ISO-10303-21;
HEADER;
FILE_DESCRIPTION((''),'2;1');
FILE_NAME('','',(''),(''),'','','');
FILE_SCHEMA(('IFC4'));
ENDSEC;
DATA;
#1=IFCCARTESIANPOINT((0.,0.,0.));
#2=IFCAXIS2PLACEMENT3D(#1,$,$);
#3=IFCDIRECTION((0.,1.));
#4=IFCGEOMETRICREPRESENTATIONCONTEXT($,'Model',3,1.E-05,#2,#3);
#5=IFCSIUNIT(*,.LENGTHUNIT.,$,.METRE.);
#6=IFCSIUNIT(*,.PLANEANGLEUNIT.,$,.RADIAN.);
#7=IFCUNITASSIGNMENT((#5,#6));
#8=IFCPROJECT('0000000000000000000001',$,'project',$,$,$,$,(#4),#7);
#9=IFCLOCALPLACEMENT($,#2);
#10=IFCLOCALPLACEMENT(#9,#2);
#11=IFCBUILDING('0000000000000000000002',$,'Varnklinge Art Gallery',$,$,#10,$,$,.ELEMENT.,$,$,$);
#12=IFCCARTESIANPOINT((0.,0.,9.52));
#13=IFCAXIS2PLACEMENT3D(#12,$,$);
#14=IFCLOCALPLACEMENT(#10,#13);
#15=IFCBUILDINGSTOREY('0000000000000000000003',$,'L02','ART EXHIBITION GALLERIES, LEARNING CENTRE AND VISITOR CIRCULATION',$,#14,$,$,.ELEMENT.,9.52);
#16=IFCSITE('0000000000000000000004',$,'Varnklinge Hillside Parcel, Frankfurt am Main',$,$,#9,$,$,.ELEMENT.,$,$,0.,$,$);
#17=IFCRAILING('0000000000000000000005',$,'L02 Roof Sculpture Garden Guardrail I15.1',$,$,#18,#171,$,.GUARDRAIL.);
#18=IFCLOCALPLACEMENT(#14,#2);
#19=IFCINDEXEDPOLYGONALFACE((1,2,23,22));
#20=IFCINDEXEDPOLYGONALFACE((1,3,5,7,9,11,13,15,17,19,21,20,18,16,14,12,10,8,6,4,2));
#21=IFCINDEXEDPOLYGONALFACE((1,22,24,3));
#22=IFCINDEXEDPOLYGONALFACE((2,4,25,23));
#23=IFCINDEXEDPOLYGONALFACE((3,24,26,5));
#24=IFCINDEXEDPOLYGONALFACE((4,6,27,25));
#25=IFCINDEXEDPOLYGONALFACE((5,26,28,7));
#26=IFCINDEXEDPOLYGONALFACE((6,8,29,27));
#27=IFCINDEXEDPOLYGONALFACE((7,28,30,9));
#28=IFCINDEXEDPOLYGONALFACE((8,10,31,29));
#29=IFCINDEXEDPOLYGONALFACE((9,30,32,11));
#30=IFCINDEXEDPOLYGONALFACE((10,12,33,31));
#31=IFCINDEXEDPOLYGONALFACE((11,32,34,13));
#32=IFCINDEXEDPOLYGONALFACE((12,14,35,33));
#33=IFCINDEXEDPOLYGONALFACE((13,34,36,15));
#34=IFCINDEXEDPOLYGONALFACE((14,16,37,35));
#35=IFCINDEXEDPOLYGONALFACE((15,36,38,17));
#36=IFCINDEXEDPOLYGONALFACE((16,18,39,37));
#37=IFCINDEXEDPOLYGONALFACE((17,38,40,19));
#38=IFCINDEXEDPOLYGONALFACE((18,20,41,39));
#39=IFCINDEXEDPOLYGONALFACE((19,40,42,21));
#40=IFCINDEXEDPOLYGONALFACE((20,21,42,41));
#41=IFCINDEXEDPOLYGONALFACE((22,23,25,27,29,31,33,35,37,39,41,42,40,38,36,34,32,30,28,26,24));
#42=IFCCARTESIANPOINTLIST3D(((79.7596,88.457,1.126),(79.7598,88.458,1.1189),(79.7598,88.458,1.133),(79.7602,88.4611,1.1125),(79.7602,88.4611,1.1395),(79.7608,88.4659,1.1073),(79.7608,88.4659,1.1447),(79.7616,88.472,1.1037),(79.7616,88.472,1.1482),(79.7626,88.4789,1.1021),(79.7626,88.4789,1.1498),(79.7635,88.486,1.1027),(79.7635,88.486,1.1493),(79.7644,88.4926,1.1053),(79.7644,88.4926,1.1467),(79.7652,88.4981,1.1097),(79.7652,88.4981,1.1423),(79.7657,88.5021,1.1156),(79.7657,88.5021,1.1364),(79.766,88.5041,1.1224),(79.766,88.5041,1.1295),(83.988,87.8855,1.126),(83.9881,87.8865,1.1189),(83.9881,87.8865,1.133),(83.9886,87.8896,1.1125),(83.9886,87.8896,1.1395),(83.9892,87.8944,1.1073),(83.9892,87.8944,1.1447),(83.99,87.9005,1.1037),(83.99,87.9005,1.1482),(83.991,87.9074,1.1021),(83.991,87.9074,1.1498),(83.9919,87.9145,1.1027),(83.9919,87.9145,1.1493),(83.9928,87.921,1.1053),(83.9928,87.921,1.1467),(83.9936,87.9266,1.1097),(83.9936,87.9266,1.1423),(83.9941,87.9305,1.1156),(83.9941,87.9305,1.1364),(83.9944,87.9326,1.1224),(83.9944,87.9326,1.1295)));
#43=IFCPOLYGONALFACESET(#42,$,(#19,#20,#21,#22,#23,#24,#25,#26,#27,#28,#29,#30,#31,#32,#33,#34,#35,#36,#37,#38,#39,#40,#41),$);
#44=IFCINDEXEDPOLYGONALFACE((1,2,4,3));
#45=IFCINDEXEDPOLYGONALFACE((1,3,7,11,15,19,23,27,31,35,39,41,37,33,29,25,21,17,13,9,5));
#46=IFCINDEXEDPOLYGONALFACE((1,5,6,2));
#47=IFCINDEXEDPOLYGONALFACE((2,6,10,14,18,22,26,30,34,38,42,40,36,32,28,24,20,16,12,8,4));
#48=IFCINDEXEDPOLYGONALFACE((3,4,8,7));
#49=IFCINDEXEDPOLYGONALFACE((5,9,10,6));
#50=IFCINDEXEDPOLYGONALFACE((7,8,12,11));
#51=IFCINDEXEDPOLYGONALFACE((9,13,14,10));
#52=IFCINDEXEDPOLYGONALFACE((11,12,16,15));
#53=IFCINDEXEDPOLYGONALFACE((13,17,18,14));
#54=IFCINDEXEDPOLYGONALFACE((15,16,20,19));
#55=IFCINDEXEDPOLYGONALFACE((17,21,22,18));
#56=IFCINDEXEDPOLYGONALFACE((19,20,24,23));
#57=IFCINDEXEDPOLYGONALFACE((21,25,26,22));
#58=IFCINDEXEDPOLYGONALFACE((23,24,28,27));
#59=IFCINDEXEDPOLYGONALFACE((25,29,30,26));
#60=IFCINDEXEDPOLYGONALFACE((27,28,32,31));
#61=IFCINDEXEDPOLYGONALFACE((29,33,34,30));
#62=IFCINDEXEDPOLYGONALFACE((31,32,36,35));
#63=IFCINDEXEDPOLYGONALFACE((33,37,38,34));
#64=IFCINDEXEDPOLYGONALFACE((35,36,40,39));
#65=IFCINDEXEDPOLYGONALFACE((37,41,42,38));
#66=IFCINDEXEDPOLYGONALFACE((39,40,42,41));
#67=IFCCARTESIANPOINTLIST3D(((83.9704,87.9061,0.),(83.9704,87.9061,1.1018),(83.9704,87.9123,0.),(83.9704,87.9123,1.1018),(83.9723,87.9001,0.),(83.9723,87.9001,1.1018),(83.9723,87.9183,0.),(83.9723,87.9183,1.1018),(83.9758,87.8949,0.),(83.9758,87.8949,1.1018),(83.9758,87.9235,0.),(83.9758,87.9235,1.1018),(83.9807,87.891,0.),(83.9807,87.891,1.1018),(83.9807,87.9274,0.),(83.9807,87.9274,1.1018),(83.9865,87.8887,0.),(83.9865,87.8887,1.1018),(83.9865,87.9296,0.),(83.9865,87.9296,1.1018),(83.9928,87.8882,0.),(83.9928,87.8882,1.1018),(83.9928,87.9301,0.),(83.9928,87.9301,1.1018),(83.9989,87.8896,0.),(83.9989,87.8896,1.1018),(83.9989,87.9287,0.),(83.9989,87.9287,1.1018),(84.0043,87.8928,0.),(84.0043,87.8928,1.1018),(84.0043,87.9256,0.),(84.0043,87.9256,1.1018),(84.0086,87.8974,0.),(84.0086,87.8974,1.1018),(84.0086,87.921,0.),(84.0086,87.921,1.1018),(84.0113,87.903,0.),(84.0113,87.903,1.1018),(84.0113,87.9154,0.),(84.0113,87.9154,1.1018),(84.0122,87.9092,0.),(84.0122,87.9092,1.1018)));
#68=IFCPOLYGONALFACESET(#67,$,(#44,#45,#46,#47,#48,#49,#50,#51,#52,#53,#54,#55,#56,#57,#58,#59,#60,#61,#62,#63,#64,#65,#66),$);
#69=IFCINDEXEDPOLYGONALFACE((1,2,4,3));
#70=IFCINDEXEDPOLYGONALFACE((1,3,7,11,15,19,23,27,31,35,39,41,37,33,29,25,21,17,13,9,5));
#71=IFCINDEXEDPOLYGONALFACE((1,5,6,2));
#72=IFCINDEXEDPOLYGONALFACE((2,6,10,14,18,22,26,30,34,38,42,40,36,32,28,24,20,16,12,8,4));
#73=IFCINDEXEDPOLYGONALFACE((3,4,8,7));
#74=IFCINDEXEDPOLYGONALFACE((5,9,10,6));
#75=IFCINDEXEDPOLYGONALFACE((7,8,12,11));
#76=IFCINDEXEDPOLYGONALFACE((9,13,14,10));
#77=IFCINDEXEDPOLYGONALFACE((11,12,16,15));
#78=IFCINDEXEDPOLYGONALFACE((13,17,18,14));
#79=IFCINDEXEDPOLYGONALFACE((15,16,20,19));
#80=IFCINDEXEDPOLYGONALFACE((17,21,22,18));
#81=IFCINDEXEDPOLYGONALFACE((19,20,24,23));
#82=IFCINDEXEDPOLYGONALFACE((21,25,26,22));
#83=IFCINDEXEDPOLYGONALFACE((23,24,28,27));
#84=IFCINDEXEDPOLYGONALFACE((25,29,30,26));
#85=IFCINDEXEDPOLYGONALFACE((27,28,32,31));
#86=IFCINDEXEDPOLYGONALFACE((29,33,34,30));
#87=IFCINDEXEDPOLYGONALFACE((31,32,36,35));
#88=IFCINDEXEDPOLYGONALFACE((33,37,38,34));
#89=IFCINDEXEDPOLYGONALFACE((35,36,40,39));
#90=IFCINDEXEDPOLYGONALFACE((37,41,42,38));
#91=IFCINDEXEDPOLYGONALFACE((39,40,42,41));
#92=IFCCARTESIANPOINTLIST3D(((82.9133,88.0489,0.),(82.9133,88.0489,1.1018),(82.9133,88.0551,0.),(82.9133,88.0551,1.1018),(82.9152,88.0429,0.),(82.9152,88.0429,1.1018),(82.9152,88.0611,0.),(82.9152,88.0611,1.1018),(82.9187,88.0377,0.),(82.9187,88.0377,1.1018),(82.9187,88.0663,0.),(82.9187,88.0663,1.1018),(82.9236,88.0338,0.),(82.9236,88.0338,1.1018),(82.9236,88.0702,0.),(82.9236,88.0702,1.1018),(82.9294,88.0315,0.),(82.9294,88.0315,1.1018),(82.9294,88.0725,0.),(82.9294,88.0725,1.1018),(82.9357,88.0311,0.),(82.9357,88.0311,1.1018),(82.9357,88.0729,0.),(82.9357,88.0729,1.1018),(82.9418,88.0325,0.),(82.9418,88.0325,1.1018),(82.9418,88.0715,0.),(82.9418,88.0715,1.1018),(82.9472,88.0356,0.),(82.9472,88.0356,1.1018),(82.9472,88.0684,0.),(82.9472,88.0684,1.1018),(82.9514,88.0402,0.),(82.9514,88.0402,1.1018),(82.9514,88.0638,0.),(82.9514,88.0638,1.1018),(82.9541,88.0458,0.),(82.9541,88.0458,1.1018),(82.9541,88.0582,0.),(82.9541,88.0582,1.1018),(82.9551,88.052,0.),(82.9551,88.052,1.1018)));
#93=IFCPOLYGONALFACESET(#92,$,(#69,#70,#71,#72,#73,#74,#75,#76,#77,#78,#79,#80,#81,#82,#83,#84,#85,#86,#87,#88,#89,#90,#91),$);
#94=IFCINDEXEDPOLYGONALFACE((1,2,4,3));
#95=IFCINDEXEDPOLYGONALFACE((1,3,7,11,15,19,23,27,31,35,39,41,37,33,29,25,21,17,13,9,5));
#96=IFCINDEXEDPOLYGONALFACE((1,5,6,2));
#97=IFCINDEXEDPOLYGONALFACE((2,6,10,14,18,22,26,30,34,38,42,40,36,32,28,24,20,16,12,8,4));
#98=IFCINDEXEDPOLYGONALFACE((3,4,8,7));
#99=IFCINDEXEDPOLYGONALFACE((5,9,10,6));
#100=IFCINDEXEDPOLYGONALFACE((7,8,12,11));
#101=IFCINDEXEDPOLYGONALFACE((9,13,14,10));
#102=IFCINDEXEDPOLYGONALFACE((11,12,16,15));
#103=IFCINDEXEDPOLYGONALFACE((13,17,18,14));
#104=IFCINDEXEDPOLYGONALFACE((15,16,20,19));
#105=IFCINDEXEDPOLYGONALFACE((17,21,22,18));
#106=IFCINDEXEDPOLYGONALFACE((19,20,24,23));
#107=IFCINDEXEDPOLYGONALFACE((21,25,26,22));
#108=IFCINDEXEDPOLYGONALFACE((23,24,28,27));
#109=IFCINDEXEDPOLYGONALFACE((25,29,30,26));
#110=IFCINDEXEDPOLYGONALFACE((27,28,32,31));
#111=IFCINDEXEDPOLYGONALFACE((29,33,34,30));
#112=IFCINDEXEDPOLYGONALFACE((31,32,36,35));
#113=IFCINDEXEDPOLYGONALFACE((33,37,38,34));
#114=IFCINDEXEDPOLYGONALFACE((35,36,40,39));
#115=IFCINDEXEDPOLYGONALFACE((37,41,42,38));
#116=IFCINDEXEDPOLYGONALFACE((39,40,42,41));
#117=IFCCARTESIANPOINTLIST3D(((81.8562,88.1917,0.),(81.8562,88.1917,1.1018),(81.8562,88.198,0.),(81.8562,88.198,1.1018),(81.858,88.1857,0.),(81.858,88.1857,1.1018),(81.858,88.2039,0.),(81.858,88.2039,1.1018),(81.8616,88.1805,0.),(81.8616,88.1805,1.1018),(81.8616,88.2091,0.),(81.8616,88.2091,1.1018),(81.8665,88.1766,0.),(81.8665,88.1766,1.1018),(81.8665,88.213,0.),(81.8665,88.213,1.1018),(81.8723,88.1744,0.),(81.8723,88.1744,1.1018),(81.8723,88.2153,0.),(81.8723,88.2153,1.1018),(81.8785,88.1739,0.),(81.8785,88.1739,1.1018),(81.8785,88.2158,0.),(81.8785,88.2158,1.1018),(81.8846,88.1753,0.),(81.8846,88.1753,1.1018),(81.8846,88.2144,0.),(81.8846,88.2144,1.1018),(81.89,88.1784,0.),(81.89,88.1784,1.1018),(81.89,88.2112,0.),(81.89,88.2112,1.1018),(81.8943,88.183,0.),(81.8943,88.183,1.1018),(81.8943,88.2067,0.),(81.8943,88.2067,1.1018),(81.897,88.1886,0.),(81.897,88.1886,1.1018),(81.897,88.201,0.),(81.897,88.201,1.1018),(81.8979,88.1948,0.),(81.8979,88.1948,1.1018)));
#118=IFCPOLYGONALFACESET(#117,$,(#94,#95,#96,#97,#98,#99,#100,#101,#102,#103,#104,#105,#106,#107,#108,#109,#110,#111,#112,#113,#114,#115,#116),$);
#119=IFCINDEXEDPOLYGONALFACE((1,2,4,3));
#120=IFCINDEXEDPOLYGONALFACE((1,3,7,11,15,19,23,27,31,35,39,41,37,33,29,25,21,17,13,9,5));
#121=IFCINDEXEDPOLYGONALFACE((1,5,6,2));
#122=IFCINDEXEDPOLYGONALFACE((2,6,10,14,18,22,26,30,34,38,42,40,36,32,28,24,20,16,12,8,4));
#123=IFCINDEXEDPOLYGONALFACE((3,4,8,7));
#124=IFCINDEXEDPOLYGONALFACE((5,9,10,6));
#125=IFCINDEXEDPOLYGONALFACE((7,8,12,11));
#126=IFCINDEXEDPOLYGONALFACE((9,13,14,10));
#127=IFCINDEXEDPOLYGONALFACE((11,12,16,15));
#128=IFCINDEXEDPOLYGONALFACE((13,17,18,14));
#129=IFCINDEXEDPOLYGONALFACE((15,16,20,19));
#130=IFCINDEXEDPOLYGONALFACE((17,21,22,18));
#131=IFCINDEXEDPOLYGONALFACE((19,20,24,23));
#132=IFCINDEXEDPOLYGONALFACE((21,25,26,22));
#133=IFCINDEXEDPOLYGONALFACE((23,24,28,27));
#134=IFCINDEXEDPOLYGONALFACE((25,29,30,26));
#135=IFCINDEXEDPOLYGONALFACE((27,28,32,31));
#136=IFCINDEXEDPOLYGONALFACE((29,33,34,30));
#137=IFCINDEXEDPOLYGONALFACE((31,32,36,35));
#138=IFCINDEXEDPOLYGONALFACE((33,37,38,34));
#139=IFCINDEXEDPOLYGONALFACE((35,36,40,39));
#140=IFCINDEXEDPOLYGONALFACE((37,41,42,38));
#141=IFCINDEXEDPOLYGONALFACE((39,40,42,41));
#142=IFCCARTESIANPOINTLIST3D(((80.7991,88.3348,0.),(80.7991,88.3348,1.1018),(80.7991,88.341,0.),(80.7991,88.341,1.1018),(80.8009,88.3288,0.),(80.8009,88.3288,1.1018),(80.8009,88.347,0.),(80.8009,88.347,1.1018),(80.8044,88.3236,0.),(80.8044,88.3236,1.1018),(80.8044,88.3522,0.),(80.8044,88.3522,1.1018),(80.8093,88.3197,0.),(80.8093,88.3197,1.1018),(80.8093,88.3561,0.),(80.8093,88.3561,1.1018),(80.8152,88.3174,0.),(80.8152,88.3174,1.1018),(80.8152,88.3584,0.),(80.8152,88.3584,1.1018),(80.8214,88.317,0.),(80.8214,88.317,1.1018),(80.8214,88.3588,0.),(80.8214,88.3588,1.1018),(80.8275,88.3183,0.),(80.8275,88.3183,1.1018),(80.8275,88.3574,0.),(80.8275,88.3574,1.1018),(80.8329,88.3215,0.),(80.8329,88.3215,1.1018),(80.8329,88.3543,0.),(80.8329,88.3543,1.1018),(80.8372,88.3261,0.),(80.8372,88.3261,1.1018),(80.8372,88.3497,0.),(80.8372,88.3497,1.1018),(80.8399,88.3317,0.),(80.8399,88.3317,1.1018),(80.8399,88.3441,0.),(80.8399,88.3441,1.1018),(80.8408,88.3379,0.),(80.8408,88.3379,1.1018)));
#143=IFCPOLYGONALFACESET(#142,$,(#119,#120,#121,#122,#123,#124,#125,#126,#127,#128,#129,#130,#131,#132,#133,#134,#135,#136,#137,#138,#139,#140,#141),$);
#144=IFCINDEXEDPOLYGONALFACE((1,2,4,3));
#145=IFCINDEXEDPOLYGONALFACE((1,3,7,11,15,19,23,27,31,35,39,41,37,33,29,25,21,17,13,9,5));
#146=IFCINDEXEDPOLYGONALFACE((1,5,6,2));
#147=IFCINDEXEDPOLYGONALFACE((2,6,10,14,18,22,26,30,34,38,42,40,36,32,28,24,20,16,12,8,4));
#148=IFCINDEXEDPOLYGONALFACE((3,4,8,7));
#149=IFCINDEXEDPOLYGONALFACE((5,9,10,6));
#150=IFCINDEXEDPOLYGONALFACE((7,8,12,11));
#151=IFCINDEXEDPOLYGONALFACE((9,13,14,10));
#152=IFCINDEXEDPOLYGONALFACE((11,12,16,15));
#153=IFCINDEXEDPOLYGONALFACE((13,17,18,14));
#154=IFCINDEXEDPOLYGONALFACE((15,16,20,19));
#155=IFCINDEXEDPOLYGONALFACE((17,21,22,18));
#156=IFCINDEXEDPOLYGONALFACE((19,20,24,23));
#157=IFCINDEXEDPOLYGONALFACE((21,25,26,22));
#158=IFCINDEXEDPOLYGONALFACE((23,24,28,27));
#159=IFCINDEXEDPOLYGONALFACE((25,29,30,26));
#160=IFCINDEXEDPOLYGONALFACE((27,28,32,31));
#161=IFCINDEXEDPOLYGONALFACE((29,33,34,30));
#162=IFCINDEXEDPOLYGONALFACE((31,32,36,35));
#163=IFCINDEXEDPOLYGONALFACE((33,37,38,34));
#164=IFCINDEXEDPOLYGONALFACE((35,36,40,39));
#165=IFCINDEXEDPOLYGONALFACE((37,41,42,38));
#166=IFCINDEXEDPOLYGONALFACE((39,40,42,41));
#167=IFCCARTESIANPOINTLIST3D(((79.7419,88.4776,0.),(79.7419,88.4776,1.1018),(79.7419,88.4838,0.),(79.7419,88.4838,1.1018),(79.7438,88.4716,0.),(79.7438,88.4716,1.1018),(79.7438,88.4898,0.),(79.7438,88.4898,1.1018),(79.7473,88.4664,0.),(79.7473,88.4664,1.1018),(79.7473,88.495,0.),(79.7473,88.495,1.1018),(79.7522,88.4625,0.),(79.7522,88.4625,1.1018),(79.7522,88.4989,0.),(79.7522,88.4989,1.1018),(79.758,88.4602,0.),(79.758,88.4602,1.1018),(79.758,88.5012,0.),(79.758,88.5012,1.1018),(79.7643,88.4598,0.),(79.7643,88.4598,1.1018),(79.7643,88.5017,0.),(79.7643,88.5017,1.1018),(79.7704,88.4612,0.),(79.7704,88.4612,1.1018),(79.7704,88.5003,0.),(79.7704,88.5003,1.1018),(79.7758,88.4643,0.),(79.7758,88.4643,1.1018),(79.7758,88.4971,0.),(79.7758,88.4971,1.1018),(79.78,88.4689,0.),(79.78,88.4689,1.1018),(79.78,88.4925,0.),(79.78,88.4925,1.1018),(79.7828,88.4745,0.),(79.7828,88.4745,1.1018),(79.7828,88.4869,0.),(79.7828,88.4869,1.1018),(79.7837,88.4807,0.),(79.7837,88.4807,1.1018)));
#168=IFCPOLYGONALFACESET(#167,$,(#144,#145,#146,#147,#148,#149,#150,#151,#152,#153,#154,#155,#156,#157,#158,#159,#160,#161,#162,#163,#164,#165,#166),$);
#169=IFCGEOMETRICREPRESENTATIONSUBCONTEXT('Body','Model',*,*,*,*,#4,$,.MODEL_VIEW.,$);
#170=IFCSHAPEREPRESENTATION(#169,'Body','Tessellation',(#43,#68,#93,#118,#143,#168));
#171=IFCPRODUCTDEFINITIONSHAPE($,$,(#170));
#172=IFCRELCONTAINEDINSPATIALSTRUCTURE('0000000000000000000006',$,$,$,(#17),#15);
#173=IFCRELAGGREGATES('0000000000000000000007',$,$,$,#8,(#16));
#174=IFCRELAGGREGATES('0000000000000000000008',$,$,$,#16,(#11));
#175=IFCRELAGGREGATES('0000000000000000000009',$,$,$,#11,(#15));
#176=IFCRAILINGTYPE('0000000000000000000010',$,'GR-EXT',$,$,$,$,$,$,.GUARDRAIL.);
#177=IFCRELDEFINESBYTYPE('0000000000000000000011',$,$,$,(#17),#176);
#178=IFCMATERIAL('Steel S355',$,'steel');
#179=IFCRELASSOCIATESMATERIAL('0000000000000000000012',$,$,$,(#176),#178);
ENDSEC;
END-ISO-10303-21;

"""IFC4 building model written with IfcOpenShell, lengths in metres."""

from ifc_helpers import new_model, si_unit, direction, frame, origin, origin_2d, place, context, subcontext, project, spatial, circle, extrude, material, type_object, element, save


model = new_model("IFC4")

# Units and contexts
model_context = context("Model", 3, precision=1e-05, world=origin(), true_north=direction((0.0, 1.0)))
body_context = subcontext(model_context, "Body", "Model", "MODEL_VIEW")
ifc_project = project(units=[si_unit("LENGTHUNIT", "METRE"), si_unit("PLANEANGLEUNIT", "RADIAN")], contexts=[model_context])

# Site, building, storey
site_placement = place(None, origin())
site = spatial("IfcSite", under=ifc_project, at=site_placement, Name="Varnklinge Hillside Parcel, Frankfurt am Main", CompositionType="ELEMENT", RefElevation=0.0)
building_placement = place(site_placement, origin())
building = spatial("IfcBuilding", under=site, at=building_placement, Name="Varnklinge Art Gallery", CompositionType="ELEMENT")
storey_placement = place(building_placement, frame((0.0, 0.0, 9.52)))
storey = spatial("IfcBuildingStorey", under=building, at=storey_placement, Name="L02", Description="ART EXHIBITION GALLERIES, LEARNING CENTRE AND VISITOR CIRCULATION", CompositionType="ELEMENT", Elevation=9.52)

# Railing
ifc_material_1 = material(Name="Steel S355", Category="steel")
railing_type_1 = type_object("IfcRailingType", Name="GR-EXT", PredefinedType="GUARDRAIL", material=ifc_material_1)
railing_1_placement = place(storey_placement, frame((83.9912, 87.9092, 0.0)))
element("IfcRailing", 1, at=railing_1_placement, inside=storey, type_object=railing_type_1, Name="L02 Roof Sculpture Garden Guardrail I15.1", PredefinedType="GUARDRAIL", context=body_context, shape_type="SweptSolid", body=[
    extrude(circle(Radius=0.0239, at=origin_2d()), frame((0.0, 0.0, 1.126), z_axis=(-0.990989, 0.133944, 0.0), x_axis=(-0.133944, -0.990989, 0.0)), (0.0, 0.0, 1.0), 4.2668),
    extrude(circle(Radius=0.021, at=origin_2d()), origin(), (0.0, 0.0, 1.0), 1.1018),
    extrude(circle(Radius=0.021, at=origin_2d()), frame((-1.0571, 0.1428, 0.0)), (0.0, 0.0, 1.0), 1.1018),
    extrude(circle(Radius=0.021, at=origin_2d()), frame((-2.1143, 0.2856, 0.0)), (0.0, 0.0, 1.0), 1.1018),
    extrude(circle(Radius=0.021, at=origin_2d()), frame((-3.1714, 0.4287, 0.0)), (0.0, 0.0, 1.0), 1.1018),
    extrude(circle(Radius=0.021, at=origin_2d()), frame((-4.2285, 0.5715, 0.0)), (0.0, 0.0, 1.0), 1.1018),
])

save(model, "model.ifc")
